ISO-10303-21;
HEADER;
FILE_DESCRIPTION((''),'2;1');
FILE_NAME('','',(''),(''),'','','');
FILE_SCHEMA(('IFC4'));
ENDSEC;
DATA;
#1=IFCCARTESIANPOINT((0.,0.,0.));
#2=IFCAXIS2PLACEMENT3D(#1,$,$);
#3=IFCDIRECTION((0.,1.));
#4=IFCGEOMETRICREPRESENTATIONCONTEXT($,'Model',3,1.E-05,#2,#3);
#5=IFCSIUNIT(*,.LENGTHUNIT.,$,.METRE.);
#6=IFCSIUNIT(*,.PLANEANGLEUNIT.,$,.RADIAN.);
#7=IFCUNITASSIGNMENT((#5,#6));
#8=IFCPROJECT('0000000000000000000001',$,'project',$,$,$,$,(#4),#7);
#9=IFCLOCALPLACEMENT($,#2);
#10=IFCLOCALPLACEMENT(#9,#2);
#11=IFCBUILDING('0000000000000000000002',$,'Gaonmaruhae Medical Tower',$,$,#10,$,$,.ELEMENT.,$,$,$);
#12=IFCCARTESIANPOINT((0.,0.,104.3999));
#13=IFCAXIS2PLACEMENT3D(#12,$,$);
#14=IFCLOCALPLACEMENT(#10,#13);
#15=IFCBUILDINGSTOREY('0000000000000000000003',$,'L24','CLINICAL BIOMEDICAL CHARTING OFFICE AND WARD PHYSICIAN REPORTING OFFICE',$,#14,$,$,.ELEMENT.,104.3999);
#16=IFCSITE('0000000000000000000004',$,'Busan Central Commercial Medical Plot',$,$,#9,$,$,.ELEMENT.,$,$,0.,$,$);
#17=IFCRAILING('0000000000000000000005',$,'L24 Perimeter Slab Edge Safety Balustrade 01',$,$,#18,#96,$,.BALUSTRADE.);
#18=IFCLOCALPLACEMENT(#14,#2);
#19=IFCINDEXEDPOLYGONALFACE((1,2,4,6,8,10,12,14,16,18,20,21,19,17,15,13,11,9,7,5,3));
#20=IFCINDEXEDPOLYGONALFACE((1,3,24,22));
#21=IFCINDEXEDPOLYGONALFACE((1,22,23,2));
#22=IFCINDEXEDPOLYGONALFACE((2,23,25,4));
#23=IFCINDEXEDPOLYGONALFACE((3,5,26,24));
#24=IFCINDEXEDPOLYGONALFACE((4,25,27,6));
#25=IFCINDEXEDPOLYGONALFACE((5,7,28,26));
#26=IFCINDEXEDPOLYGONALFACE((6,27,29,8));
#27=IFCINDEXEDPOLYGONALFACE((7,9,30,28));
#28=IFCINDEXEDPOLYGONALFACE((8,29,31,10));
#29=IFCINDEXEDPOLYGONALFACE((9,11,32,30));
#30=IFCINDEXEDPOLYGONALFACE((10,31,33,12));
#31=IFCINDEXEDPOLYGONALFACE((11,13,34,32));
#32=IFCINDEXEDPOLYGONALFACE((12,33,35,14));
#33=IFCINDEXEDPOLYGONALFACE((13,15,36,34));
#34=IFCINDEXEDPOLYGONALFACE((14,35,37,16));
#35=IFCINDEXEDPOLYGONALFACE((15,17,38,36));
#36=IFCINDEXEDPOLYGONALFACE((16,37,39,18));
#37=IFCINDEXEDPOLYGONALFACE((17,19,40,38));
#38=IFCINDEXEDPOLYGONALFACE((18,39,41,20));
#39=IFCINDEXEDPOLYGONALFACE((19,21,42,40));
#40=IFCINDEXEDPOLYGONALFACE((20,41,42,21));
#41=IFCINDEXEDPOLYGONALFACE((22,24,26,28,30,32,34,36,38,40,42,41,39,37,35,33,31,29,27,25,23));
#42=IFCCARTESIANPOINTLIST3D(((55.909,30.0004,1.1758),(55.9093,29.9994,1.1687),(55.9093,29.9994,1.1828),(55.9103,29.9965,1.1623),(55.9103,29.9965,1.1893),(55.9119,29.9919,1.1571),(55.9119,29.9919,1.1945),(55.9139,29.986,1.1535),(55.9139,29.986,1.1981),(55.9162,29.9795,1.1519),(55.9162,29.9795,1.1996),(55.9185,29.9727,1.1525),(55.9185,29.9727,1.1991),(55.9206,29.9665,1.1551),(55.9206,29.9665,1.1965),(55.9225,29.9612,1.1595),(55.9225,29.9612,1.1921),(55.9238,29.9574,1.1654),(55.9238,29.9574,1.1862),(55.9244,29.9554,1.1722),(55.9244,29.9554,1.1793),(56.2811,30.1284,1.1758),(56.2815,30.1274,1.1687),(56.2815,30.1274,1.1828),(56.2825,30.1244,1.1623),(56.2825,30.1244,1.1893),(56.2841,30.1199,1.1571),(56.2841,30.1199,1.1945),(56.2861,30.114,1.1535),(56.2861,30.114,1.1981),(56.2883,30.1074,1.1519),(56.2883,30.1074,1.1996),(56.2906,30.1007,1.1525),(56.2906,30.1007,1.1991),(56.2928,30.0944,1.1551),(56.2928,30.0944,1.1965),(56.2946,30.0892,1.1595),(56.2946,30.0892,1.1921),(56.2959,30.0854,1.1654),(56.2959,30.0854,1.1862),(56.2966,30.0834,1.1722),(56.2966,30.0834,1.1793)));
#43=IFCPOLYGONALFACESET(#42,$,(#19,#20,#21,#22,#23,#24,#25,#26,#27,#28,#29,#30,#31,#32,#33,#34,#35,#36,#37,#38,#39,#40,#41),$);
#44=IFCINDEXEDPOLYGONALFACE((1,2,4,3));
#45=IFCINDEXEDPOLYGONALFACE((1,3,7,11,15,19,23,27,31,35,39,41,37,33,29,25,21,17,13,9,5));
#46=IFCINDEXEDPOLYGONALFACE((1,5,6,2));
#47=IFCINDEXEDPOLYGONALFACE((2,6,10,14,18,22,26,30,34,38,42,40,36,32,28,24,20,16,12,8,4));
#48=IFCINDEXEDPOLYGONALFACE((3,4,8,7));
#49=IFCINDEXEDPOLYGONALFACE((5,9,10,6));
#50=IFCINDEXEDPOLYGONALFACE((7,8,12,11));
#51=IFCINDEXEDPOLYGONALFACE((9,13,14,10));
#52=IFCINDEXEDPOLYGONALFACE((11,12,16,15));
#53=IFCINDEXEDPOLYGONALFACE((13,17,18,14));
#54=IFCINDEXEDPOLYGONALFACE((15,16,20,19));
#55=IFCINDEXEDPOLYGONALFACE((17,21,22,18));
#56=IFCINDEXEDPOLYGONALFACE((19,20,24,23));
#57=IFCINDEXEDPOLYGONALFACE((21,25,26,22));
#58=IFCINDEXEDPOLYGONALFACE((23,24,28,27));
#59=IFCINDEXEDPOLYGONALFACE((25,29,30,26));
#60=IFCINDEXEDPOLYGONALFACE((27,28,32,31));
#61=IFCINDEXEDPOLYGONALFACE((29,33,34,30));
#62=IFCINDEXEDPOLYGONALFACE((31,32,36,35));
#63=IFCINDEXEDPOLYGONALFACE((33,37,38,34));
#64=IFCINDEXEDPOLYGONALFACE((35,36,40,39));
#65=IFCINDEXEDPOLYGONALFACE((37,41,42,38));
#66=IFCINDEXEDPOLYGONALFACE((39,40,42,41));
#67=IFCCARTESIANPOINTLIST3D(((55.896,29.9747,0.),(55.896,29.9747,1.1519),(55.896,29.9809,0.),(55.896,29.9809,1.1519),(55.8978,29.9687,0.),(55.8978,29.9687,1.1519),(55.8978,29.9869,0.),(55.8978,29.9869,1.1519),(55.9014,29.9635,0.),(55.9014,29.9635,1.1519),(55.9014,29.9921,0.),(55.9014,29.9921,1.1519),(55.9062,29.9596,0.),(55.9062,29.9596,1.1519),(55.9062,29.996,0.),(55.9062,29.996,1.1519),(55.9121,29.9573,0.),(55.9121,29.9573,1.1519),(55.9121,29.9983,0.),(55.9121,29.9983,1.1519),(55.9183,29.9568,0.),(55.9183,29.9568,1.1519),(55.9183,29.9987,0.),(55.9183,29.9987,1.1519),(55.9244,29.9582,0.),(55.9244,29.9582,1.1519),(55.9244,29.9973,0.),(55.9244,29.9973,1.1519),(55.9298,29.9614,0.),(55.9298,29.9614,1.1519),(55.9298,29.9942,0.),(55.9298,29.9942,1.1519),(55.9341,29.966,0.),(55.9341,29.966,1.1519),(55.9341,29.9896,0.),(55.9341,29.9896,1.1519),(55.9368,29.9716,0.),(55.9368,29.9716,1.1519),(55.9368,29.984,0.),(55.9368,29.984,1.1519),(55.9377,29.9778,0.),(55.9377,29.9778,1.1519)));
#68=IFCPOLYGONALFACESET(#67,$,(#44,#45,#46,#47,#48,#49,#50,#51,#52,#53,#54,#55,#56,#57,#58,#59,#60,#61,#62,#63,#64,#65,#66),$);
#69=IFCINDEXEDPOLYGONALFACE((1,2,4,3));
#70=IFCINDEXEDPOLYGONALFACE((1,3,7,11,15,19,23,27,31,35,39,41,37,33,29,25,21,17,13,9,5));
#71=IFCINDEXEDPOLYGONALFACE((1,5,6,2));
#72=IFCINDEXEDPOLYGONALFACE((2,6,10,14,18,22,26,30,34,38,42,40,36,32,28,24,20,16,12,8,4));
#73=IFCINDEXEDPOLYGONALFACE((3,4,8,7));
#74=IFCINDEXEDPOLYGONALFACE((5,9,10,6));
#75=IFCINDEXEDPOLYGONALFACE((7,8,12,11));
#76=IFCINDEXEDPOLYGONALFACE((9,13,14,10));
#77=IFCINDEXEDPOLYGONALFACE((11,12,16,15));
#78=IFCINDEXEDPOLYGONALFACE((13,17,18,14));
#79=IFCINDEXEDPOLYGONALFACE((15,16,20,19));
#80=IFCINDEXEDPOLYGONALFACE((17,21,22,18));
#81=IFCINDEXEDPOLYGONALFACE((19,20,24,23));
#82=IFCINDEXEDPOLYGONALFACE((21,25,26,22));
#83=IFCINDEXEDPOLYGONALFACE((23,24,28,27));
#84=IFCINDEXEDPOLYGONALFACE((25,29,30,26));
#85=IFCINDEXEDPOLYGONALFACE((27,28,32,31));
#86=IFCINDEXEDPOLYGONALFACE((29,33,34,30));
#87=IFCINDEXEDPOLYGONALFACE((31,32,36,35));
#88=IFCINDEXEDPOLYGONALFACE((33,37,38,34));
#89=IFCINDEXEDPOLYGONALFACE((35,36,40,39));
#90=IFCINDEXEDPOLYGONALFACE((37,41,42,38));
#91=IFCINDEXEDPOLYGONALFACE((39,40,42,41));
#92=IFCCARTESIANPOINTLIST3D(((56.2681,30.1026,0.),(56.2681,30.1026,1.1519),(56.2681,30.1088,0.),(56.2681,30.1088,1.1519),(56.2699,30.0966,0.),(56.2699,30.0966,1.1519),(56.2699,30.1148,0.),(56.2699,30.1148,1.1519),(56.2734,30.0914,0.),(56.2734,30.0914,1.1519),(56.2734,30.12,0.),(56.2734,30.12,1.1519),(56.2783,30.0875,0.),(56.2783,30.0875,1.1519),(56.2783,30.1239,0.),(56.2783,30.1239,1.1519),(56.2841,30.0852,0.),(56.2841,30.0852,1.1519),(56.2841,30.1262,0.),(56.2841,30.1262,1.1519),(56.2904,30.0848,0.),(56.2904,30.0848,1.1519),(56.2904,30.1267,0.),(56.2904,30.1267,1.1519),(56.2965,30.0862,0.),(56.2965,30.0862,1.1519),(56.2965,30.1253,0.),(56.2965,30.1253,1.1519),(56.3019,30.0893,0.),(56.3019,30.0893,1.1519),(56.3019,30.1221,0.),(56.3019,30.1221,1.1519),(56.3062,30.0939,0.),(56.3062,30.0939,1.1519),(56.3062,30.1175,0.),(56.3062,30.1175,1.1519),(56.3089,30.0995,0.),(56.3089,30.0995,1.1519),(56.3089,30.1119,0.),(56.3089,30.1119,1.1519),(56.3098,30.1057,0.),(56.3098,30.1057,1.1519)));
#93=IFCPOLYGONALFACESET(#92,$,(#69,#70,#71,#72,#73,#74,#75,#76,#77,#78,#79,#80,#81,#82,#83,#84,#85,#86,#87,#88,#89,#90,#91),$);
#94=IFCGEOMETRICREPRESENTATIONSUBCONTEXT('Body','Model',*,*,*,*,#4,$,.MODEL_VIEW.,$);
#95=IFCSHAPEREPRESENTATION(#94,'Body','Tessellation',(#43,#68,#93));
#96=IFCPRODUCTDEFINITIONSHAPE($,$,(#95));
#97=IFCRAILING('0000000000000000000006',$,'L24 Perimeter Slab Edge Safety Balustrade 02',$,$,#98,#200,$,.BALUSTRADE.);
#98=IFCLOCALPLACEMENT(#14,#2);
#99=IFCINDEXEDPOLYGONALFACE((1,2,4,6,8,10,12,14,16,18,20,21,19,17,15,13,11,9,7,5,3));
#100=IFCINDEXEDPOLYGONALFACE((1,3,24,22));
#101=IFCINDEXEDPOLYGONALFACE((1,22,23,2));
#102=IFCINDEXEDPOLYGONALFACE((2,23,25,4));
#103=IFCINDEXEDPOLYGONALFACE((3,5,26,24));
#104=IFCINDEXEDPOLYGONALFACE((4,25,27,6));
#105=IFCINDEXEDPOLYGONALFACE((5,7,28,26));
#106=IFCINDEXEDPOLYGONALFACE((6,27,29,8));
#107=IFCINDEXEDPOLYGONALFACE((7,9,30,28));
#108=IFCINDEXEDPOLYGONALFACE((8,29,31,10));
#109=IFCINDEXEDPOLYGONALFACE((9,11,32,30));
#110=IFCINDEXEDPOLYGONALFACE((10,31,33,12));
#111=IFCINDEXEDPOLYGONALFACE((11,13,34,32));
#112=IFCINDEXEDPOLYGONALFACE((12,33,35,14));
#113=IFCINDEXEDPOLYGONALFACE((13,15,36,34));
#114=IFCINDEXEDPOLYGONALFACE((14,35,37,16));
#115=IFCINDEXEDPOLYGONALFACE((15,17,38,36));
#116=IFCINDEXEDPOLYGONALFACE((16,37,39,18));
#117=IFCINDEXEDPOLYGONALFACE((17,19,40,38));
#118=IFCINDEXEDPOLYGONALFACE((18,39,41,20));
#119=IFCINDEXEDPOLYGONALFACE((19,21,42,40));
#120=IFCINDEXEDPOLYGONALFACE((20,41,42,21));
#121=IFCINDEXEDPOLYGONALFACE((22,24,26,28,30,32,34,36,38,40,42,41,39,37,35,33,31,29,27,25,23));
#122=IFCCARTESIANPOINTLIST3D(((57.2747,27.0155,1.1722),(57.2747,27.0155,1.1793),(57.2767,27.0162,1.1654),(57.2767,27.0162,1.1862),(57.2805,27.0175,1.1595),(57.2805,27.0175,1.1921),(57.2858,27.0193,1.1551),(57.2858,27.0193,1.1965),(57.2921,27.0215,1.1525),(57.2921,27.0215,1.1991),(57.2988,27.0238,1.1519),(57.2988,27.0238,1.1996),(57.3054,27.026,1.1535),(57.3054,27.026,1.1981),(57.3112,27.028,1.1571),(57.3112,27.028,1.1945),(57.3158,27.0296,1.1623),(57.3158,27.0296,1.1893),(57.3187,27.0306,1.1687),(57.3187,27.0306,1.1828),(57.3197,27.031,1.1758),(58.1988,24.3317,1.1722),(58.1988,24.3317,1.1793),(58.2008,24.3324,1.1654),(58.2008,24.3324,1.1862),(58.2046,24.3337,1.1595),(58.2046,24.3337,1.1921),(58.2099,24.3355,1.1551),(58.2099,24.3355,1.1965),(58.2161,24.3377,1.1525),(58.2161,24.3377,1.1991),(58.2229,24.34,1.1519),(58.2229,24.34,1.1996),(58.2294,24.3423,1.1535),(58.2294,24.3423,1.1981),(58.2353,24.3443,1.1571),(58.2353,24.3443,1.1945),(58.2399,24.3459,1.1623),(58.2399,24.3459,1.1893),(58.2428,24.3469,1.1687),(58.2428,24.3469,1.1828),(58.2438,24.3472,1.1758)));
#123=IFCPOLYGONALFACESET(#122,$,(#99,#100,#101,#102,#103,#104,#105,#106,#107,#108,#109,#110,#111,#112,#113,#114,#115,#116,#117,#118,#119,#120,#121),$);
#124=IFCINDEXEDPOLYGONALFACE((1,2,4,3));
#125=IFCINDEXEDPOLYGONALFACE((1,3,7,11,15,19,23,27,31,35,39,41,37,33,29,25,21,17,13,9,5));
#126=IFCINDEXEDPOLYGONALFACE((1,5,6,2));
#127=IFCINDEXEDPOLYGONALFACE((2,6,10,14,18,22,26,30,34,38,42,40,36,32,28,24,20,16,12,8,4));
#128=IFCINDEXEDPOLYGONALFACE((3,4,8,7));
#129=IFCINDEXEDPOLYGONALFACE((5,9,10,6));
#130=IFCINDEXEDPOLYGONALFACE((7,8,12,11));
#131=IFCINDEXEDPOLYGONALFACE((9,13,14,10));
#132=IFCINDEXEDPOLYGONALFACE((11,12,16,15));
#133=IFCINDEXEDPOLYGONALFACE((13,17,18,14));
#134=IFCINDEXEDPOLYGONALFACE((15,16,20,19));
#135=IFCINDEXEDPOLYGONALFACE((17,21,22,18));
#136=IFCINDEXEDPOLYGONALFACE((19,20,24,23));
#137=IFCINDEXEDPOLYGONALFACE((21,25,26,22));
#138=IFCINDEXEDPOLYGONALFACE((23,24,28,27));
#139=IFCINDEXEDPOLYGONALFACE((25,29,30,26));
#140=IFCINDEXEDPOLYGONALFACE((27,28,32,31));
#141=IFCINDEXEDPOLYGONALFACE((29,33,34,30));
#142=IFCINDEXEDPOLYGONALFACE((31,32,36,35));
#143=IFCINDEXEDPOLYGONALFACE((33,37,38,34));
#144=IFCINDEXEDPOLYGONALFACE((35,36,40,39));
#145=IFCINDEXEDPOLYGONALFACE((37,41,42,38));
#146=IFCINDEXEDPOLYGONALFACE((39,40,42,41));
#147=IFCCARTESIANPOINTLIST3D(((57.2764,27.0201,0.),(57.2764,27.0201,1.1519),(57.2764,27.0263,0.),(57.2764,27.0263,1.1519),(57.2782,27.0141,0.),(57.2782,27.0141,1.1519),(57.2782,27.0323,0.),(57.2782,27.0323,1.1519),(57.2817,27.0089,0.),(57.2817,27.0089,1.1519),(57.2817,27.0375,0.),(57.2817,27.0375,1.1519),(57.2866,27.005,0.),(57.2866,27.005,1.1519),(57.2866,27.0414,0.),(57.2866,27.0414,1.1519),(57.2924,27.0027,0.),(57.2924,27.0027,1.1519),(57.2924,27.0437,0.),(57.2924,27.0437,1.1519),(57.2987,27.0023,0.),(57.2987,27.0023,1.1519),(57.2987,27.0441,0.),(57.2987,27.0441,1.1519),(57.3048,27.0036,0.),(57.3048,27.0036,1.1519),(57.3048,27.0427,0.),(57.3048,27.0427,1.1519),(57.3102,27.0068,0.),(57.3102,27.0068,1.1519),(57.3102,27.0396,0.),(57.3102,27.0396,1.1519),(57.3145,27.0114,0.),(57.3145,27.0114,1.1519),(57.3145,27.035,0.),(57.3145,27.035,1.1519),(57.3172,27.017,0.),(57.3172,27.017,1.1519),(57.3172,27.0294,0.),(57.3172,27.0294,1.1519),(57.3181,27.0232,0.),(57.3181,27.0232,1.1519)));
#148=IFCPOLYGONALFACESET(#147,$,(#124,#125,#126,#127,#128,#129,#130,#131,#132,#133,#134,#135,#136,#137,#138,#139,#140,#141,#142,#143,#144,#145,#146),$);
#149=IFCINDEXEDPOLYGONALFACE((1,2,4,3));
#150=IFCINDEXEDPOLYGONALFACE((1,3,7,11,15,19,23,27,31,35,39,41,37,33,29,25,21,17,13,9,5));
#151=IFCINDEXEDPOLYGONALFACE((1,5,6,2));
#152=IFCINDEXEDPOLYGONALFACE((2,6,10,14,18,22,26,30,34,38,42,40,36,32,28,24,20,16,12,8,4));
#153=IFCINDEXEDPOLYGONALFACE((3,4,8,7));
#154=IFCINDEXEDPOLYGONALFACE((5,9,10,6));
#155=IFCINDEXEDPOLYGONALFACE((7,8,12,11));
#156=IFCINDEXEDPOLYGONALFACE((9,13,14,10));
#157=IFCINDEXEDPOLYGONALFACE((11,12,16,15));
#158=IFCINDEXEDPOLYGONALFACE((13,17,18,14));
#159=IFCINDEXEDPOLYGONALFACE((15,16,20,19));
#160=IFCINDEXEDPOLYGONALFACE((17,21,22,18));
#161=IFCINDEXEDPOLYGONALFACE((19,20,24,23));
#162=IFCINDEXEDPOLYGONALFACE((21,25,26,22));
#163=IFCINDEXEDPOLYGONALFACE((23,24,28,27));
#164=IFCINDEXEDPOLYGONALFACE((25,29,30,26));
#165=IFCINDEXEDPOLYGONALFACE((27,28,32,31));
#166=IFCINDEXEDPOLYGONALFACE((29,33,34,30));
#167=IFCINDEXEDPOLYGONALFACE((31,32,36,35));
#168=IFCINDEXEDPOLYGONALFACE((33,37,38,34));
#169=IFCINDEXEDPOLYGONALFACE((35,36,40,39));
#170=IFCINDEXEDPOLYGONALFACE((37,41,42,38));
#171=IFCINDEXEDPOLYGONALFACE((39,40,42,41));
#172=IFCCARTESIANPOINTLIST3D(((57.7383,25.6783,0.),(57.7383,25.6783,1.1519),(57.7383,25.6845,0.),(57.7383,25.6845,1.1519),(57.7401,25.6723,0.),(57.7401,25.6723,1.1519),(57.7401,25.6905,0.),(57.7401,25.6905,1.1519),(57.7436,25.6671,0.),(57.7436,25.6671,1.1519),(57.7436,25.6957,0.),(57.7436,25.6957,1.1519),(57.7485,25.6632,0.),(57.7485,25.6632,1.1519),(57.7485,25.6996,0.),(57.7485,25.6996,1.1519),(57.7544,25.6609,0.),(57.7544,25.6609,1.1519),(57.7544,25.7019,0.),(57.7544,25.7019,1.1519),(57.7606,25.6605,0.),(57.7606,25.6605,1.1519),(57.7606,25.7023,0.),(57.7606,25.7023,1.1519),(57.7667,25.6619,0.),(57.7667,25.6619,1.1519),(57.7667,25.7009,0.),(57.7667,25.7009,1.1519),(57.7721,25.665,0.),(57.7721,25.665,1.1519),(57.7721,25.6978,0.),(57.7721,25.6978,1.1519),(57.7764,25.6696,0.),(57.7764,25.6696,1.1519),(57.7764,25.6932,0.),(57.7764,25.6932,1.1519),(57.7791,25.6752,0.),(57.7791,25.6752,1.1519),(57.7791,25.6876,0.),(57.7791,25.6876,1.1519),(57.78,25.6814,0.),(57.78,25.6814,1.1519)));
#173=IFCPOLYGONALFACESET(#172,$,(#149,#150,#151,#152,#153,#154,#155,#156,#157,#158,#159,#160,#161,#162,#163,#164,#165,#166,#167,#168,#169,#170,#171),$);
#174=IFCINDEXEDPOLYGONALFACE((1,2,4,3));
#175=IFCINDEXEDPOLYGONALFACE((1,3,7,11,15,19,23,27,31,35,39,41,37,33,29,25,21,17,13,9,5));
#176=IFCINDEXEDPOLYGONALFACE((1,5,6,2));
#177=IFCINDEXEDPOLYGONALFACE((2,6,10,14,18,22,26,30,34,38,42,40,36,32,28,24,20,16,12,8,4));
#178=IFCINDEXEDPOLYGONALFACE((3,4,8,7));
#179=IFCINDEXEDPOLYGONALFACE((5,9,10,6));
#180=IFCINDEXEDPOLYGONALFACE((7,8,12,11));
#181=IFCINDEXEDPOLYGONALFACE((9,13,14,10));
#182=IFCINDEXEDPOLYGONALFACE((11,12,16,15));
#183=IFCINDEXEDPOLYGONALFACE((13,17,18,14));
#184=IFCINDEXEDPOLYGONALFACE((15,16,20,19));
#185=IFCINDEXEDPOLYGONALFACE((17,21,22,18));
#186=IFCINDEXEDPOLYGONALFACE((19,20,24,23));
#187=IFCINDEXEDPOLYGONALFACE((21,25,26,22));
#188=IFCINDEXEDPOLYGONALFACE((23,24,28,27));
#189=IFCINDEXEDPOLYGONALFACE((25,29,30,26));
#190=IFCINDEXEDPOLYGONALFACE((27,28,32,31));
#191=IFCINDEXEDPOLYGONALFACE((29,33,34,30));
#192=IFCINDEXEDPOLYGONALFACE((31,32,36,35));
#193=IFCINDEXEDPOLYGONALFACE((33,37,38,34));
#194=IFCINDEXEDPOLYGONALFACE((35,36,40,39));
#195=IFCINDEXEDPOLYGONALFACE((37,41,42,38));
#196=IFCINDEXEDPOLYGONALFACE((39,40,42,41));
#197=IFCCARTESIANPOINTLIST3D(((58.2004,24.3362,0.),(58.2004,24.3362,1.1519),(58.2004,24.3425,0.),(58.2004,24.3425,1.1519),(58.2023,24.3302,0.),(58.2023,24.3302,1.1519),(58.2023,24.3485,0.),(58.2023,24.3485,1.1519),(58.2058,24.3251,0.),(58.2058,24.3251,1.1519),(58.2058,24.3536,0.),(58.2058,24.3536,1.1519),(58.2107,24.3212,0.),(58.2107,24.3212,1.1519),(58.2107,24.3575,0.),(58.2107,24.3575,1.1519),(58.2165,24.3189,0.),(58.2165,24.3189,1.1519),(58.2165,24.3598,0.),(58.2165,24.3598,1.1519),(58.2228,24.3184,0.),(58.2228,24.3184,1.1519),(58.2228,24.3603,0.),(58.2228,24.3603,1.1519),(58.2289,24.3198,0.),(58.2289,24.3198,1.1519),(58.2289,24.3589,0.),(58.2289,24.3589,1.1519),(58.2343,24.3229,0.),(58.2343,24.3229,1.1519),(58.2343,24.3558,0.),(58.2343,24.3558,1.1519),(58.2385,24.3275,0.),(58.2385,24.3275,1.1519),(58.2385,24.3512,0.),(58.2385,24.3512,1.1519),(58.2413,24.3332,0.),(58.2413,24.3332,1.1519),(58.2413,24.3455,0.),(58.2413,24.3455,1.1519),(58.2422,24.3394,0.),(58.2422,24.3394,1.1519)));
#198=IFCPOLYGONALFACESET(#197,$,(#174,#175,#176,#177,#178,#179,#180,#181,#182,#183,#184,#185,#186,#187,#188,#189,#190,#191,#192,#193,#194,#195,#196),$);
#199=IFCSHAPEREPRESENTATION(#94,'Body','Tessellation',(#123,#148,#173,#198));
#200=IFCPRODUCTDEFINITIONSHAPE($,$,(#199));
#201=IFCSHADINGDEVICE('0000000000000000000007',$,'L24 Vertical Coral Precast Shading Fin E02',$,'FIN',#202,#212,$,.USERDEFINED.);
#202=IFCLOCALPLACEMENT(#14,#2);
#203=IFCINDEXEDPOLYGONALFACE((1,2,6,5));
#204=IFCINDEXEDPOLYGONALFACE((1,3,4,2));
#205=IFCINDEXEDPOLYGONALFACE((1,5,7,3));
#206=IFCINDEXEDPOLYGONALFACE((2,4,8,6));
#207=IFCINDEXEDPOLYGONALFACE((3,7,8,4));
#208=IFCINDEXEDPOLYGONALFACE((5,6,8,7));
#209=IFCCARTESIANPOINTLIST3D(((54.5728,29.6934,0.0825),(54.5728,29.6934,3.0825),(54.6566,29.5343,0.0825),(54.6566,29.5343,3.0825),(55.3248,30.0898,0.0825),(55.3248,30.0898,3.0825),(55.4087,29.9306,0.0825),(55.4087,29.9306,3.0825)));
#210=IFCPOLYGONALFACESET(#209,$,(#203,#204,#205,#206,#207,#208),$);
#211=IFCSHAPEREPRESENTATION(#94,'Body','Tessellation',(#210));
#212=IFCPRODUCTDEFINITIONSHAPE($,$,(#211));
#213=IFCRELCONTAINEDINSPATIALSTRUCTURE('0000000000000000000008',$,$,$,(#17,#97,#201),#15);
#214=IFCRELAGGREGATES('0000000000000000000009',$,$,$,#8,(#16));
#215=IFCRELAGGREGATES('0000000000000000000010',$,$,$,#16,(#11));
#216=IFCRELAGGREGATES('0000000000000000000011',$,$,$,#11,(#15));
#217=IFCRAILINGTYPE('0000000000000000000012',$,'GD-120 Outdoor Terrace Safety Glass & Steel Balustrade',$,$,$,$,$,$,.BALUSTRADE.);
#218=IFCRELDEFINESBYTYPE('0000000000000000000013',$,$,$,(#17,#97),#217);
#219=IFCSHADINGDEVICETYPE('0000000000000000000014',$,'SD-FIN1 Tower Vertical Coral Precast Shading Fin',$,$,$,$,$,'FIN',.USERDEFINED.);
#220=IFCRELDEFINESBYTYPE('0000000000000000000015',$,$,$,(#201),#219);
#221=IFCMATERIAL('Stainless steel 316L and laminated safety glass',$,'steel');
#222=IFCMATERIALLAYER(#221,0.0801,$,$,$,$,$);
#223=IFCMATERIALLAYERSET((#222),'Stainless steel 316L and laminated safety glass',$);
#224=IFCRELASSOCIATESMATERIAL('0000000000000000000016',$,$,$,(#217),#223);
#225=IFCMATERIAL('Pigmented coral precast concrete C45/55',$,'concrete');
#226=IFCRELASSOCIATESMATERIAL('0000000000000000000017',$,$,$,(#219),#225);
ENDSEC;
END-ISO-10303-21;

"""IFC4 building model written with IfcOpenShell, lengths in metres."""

from ifc_helpers import new_model, si_unit, direction, frame, origin, origin_2d, place, context, subcontext, project, spatial, rectangle, circle, extrude, material, layer, layer_set, type_object, element, save


model = new_model("IFC4")

# Units and contexts
model_context = context("Model", 3, precision=1e-05, world=origin(), true_north=direction((0.0, 1.0)))
body_context = subcontext(model_context, "Body", "Model", "MODEL_VIEW")
ifc_project = project(units=[si_unit("LENGTHUNIT", "METRE"), si_unit("PLANEANGLEUNIT", "RADIAN")], contexts=[model_context])

# Site, building, storey
site_placement = place(None, origin())
site = spatial("IfcSite", under=ifc_project, at=site_placement, Name="Busan Central Commercial Medical Plot", CompositionType="ELEMENT", RefElevation=0.0)
building_placement = place(site_placement, origin())
building = spatial("IfcBuilding", under=site, at=building_placement, Name="Gaonmaruhae Medical Tower", CompositionType="ELEMENT")
storey_placement = place(building_placement, frame((0.0, 0.0, 104.3999)))
storey = spatial("IfcBuildingStorey", under=building, at=storey_placement, Name="L24", Description="CLINICAL BIOMEDICAL CHARTING OFFICE AND WARD PHYSICIAN REPORTING OFFICE", CompositionType="ELEMENT", Elevation=104.3999)

# Railings
ifc_material_1 = material(Name="Stainless steel 316L and laminated safety glass", Category="steel")
ifc_layer_1 = layer(ifc_material_1, 0.0801)
ifc_layer_set_1 = layer_set([ifc_layer_1], Name="Stainless steel 316L and laminated safety glass")
railing_type = type_object("IfcRailingType", Name="GD-120 Outdoor Terrace Safety Glass & Steel Balustrade", PredefinedType="BALUSTRADE", material=ifc_layer_set_1)
railing_1_placement = place(storey_placement, frame((55.9167, 29.9778, 0.0)))
element("IfcRailing", 1, at=railing_1_placement, inside=storey, type_object=railing_type, Name="L24 Perimeter Slab Edge Safety Balustrade 01", PredefinedType="BALUSTRADE", context=body_context, shape_type="SweptSolid", body=[
    extrude(circle(Radius=0.0239, at=origin_2d()), frame((0.0, 0.0, 1.1758), z_axis=(0.945663, 0.325149, 0.0), x_axis=(-0.325149, 0.945663, 0.0)), (0.0, 0.0, 1.0), 0.3936),
    extrude(circle(Radius=0.021, at=origin_2d()), origin(), (0.0, 0.0, 1.0), 1.1519),
    extrude(circle(Radius=0.021, at=origin_2d()), frame((0.3721, 0.1279, 0.0)), (0.0, 0.0, 1.0), 1.1519),
])
railing_2_placement = place(storey_placement, frame((57.2971, 27.0232, 0.0)))
element("IfcRailing", 2, at=railing_2_placement, inside=storey, type_object=railing_type, Name="L24 Perimeter Slab Edge Safety Balustrade 02", PredefinedType="BALUSTRADE", context=body_context, shape_type="SweptSolid", body=[
    extrude(circle(Radius=0.0239, at=origin_2d()), frame((0.0, 0.0, 1.1758), z_axis=(0.325553, -0.945524, 0.0), x_axis=(0.945524, 0.325553, 0.0)), (0.0, 0.0, 1.0), 2.8384),
    extrude(circle(Radius=0.021, at=origin_2d()), origin(), (0.0, 0.0, 1.0), 1.1519),
    extrude(circle(Radius=0.021, at=origin_2d()), frame((0.4619, -1.3418, 0.0)), (0.0, 0.0, 1.0), 1.1519),
    extrude(circle(Radius=0.021, at=origin_2d()), frame((0.9241, -2.6838, 0.0)), (0.0, 0.0, 1.0), 1.1519),
])

# Shading device
ifc_material_2 = material(Name="Pigmented coral precast concrete C45/55", Category="concrete")
shading_device_type = type_object("IfcShadingDeviceType", Name="SD-FIN1 Tower Vertical Coral Precast Shading Fin", ElementType="FIN", PredefinedType="USERDEFINED", material=ifc_material_2)
for number, where, z_axis, x_axis, name in (
    (3, (54.9907, 29.812, 0.0825), (0.0, 0.0, 1.0), (0.466232, -0.884662, 0.0), "L24 Vertical Coral Precast Shading Fin E02"),
):
    element("IfcShadingDevice", number, at=place(storey_placement, frame(where, z_axis=z_axis, x_axis=x_axis)), inside=storey, type_object=shading_device_type, Name=name, ObjectType="FIN", PredefinedType="USERDEFINED", context=body_context, shape_type="SweptSolid", body=[
        extrude(rectangle(XDim=0.1799, YDim=0.8501, at=origin_2d()), origin(), (0.0, 0.0, 1.0), 3.0),
    ])

save(model, "model.ifc")
